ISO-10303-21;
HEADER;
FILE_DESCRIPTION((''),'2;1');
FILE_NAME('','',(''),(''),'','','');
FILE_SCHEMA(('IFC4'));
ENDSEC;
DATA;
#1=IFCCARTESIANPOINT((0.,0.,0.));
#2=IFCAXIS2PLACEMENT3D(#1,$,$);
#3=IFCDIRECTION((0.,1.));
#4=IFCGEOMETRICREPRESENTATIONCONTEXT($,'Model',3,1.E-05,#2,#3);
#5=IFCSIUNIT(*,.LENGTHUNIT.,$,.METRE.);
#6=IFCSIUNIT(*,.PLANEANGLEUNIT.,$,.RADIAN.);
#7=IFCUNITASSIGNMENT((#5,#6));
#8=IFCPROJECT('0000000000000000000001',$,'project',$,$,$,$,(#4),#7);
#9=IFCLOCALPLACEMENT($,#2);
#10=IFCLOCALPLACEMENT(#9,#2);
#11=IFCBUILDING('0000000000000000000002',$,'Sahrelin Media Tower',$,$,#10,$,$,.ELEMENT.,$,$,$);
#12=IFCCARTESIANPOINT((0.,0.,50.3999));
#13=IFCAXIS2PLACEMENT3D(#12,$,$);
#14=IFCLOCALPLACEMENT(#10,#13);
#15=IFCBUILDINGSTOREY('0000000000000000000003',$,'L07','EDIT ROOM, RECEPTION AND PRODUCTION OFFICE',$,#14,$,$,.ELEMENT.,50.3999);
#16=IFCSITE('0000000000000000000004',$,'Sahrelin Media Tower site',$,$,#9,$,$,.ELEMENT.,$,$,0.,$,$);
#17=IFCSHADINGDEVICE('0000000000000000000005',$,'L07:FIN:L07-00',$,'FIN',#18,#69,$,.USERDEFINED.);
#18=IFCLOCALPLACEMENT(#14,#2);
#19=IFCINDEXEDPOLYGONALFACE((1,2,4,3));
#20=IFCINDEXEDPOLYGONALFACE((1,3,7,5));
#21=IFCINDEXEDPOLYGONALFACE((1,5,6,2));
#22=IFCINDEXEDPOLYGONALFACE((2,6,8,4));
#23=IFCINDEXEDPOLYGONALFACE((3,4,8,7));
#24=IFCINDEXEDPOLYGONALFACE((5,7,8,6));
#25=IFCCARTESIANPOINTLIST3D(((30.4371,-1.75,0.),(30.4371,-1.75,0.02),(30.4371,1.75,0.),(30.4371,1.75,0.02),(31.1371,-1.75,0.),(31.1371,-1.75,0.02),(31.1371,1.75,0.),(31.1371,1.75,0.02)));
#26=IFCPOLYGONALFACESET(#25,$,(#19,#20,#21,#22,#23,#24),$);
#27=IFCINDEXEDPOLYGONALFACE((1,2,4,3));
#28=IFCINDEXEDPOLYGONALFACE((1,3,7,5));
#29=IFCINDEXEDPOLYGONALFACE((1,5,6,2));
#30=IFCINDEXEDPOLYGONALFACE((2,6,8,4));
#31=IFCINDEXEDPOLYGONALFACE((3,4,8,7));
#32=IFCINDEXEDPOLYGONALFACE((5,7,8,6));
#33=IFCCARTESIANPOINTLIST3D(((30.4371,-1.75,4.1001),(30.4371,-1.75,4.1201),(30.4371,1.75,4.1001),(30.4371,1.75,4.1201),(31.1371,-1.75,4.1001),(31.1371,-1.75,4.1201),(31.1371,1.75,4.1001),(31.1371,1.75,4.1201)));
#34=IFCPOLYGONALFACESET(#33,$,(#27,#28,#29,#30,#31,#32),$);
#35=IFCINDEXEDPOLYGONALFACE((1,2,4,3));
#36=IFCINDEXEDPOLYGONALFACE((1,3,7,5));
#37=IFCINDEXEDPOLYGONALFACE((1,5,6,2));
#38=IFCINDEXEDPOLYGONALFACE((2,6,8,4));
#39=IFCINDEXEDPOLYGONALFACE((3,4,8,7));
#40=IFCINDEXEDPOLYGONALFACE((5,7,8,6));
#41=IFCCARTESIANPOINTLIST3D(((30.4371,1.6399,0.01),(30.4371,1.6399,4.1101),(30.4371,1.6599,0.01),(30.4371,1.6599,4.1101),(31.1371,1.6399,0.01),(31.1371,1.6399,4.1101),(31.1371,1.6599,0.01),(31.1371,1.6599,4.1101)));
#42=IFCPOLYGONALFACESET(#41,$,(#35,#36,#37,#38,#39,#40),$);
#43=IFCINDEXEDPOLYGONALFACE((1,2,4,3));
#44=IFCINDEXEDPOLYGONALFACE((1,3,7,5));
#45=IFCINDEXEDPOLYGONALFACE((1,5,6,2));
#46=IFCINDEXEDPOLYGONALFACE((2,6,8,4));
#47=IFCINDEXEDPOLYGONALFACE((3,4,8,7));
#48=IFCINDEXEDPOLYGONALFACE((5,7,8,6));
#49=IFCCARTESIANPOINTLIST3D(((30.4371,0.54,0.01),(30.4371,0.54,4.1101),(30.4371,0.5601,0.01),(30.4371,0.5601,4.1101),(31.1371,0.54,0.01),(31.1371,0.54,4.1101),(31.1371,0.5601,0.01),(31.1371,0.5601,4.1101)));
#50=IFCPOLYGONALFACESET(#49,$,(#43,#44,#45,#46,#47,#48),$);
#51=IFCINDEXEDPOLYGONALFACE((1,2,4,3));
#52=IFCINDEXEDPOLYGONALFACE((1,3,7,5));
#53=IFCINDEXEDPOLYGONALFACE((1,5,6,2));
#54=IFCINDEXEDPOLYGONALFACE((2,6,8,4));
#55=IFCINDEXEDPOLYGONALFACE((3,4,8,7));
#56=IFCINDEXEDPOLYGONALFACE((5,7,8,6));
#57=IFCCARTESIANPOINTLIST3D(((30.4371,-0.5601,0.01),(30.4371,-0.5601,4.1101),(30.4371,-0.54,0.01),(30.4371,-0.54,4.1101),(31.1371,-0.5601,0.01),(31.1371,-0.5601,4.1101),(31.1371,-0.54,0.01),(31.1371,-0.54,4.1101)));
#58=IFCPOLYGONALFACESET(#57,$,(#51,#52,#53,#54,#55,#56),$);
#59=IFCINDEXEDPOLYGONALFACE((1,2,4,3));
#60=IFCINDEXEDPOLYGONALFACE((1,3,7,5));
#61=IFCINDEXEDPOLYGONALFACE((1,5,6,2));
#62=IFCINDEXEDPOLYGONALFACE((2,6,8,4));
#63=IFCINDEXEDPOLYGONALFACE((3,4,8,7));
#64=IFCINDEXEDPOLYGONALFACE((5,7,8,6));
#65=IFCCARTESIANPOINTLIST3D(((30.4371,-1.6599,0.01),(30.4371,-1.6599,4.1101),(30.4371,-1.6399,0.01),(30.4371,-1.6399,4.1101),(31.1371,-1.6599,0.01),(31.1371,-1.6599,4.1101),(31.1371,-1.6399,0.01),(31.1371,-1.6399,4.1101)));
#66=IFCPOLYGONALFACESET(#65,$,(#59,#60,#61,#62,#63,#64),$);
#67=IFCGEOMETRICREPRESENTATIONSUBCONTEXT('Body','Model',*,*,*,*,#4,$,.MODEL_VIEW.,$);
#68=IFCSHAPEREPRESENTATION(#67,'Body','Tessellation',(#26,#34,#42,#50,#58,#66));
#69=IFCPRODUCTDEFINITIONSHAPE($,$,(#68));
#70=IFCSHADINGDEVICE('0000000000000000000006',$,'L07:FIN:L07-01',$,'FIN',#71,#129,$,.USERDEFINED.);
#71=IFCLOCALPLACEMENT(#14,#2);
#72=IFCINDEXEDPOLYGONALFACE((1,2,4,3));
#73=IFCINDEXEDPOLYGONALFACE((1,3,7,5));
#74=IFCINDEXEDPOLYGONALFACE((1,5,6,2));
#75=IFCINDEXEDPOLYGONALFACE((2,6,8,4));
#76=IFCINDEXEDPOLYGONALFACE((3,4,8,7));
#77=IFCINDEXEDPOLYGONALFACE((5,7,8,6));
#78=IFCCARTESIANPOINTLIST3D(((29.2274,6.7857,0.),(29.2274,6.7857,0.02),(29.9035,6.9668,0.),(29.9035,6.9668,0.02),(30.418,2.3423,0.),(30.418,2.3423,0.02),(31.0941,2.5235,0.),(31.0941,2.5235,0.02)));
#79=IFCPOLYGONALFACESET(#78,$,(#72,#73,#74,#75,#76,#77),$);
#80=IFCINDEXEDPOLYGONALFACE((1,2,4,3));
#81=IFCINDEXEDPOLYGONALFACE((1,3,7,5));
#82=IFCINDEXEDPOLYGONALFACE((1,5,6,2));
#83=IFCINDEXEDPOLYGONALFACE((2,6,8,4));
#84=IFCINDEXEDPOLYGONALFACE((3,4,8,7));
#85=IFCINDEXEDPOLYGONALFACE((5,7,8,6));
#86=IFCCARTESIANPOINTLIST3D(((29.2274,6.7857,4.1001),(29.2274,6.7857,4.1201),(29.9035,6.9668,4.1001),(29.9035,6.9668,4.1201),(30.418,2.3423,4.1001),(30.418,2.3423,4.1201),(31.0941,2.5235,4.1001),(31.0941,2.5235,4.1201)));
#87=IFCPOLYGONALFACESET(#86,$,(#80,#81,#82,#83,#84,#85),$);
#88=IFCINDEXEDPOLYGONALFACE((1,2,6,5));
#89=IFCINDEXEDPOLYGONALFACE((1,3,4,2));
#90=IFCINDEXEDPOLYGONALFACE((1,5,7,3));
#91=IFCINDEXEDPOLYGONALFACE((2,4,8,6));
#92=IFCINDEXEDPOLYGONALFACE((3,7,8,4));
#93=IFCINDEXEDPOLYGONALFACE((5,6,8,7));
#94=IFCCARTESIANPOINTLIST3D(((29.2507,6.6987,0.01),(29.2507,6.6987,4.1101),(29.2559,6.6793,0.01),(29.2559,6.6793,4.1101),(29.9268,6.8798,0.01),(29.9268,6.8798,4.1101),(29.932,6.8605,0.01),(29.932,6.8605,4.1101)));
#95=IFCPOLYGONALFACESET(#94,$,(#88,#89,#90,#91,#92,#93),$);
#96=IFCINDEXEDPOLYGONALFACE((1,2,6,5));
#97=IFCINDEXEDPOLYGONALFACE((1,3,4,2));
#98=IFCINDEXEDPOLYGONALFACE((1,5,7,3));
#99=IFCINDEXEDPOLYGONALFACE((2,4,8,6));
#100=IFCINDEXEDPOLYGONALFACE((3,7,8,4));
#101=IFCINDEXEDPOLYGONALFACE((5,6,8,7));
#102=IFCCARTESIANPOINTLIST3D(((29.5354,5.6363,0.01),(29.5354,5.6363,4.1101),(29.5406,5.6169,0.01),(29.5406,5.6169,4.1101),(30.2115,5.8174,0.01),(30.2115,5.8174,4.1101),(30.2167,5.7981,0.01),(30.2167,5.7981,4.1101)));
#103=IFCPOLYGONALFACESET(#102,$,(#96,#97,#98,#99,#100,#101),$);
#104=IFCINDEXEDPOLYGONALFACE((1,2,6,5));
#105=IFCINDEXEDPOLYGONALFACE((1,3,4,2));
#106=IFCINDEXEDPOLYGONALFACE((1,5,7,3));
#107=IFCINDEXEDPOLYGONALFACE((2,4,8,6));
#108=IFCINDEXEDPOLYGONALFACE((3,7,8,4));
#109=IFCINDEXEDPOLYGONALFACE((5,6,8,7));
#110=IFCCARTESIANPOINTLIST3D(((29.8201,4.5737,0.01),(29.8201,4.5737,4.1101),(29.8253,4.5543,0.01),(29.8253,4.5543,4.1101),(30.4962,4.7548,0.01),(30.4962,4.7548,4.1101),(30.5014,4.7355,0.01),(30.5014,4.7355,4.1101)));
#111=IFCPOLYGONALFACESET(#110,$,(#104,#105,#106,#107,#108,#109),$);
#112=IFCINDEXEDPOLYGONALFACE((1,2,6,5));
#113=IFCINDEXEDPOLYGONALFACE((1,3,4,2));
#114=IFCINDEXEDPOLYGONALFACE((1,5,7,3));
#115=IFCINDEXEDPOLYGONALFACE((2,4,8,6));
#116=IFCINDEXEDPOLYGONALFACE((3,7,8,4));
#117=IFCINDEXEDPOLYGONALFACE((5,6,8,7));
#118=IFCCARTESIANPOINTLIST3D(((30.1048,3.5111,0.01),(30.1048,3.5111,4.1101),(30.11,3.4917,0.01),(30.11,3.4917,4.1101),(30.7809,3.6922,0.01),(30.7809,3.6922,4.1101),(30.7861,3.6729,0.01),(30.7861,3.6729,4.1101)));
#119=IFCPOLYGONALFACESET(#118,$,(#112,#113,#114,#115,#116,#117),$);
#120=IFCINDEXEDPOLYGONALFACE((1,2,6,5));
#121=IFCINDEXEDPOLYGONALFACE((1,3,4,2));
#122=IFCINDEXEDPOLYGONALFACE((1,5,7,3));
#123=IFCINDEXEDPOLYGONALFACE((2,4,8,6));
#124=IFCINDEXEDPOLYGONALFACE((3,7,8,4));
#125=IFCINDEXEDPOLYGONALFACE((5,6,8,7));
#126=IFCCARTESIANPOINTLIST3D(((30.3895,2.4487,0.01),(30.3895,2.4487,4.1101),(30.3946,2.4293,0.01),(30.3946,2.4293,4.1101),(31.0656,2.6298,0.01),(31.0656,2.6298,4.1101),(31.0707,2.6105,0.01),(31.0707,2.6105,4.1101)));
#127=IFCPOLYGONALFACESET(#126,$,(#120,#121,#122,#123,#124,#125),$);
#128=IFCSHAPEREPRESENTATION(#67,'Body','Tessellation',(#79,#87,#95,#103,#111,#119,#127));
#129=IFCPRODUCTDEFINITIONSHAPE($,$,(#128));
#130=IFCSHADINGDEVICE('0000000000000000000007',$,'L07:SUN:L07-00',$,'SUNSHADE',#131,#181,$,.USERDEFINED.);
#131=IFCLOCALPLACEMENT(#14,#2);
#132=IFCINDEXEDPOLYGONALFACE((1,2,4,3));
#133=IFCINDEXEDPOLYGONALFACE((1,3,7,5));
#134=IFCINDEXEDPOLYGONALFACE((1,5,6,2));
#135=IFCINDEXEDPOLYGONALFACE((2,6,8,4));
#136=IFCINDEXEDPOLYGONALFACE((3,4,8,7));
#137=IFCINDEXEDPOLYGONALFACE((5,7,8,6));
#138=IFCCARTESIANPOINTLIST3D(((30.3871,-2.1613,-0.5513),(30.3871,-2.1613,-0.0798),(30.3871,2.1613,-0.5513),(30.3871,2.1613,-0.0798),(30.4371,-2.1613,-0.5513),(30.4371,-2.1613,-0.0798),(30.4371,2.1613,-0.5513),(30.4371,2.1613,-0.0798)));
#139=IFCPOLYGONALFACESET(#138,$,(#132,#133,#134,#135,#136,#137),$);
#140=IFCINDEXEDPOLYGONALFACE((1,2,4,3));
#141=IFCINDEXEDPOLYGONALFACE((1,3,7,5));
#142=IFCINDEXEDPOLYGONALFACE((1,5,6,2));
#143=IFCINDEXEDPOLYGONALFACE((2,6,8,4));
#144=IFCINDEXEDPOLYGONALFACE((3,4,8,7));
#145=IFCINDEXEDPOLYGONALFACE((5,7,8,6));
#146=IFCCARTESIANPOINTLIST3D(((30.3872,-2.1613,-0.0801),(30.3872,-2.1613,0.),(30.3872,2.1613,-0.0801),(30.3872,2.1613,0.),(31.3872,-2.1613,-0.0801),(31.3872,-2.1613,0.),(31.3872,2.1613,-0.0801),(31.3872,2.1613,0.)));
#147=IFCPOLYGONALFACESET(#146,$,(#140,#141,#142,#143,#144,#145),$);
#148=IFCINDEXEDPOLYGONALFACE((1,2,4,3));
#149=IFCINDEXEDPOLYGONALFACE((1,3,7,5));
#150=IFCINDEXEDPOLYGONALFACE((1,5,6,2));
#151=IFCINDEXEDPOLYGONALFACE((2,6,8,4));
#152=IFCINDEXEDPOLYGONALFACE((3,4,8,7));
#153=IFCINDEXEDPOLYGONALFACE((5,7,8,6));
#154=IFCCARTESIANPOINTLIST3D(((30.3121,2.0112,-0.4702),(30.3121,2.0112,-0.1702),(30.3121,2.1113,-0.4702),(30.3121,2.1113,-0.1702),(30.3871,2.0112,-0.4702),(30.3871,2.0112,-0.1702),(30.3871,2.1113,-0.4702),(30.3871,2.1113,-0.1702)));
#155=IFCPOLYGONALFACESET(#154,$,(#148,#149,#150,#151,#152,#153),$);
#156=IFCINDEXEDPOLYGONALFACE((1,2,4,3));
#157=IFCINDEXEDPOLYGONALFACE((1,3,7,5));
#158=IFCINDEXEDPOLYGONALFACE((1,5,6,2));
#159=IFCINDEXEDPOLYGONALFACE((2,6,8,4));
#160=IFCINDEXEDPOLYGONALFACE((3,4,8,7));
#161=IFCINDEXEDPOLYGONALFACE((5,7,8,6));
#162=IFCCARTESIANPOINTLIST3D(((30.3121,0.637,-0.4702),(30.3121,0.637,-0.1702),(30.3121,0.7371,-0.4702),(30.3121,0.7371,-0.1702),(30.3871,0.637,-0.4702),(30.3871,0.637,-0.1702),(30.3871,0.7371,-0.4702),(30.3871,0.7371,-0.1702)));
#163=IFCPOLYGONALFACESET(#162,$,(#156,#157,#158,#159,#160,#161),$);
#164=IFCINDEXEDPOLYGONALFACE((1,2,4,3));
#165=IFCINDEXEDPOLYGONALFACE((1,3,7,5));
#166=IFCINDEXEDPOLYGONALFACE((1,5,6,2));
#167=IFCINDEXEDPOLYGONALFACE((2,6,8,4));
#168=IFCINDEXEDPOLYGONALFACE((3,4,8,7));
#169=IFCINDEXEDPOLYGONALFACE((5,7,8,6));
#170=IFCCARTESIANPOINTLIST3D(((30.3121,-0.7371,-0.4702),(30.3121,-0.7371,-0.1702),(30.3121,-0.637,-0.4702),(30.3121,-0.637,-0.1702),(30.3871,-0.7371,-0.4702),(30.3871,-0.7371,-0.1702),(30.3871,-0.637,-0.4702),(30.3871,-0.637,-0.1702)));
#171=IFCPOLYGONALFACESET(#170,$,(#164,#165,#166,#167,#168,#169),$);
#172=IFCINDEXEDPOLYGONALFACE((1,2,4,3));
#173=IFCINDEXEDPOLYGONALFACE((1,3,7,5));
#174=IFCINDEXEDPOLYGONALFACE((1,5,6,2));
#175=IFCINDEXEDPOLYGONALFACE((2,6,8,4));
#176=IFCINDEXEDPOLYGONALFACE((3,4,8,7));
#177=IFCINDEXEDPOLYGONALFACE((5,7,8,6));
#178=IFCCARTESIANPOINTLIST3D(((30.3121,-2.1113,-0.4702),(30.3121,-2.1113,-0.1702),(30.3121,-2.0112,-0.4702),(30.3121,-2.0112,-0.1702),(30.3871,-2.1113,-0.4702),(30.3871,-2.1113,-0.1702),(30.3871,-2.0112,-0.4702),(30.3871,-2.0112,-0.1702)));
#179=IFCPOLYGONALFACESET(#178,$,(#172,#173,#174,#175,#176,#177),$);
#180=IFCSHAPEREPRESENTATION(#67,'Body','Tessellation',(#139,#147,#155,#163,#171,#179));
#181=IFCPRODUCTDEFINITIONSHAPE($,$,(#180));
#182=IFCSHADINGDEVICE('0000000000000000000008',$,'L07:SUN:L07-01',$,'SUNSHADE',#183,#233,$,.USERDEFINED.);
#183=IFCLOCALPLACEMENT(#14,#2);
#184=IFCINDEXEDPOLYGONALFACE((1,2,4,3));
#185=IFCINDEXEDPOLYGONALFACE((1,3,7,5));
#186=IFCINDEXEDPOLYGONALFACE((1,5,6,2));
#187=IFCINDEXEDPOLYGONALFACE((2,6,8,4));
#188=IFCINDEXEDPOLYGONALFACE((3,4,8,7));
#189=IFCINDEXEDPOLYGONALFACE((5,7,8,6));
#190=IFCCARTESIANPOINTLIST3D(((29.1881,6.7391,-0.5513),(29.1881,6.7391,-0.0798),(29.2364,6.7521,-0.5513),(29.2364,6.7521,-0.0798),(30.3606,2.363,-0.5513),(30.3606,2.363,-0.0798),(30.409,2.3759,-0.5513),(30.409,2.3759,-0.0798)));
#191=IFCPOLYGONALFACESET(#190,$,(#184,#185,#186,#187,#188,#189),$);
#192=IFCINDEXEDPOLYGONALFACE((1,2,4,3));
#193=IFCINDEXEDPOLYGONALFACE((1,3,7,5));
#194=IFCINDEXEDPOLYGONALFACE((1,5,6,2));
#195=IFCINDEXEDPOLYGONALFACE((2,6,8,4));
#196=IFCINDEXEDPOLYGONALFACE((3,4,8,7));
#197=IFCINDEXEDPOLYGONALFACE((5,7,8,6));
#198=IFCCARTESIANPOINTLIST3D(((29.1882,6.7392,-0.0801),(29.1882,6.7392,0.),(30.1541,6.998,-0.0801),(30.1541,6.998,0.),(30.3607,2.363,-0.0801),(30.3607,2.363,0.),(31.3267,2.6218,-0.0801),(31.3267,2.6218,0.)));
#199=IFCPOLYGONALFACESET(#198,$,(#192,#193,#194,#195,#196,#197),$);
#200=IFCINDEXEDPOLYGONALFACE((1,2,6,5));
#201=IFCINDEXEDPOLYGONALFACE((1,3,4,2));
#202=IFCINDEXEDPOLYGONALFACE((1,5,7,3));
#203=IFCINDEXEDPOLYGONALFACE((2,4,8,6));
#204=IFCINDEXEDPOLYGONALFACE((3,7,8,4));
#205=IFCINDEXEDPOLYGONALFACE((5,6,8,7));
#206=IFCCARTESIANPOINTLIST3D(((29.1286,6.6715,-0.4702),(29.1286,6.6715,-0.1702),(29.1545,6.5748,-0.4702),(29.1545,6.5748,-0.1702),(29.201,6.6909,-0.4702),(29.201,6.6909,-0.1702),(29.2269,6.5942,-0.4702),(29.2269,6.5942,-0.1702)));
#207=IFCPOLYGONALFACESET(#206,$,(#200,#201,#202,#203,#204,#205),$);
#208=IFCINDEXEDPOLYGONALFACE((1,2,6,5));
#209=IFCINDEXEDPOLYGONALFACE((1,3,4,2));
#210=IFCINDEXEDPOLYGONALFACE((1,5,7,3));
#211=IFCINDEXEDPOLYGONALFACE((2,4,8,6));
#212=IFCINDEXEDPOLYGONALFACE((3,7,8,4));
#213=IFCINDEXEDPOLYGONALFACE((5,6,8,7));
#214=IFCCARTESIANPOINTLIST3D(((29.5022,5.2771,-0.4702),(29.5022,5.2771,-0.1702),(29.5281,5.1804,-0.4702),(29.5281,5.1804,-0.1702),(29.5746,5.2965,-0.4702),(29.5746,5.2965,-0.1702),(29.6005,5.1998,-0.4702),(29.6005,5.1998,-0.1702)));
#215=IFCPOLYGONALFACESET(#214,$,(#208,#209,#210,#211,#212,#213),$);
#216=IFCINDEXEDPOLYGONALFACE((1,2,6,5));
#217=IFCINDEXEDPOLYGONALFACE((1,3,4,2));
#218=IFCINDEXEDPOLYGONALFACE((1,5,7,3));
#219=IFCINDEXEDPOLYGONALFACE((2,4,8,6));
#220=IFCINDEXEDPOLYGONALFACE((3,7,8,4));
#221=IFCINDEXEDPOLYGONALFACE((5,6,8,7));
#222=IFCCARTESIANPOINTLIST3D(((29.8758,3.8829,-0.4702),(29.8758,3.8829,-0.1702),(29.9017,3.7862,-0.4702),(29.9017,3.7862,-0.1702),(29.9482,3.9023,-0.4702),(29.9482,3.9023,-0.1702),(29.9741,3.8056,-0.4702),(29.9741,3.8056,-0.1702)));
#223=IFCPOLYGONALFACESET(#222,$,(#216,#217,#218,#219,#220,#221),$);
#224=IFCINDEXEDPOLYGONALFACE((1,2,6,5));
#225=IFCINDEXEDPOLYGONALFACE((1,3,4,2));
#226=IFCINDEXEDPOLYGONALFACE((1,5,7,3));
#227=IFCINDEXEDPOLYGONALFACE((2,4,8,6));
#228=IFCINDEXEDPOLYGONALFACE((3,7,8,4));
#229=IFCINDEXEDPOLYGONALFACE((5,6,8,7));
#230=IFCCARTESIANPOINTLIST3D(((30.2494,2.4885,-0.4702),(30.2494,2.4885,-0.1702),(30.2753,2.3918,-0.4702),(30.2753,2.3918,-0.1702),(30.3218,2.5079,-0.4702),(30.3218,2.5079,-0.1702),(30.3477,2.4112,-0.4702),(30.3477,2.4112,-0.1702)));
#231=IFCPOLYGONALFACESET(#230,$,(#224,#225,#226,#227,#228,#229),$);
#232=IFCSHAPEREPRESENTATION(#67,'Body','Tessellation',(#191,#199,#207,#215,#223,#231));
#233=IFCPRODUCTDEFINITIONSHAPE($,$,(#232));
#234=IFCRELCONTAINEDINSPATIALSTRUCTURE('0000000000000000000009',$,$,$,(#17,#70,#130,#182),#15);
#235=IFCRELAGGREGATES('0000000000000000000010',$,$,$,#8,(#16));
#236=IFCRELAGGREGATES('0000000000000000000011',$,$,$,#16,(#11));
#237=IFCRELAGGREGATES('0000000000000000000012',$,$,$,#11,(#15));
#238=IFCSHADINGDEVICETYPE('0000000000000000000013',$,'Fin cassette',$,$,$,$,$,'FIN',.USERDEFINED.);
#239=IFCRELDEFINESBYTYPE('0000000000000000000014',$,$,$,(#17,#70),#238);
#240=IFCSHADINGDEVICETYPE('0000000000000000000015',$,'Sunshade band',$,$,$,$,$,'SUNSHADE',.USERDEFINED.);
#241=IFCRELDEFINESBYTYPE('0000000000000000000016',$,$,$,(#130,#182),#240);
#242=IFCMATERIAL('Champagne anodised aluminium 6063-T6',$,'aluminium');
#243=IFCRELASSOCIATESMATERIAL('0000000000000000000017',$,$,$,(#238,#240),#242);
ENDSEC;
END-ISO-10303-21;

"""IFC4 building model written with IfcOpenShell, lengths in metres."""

from ifc_helpers import new_model, si_unit, direction, frame, origin, origin_2d, place, context, subcontext, project, spatial, rectangle, extrude, material, type_object, element, save


model = new_model("IFC4")

# Units and contexts
model_context = context("Model", 3, precision=1e-05, world=origin(), true_north=direction((0.0, 1.0)))
body_context = subcontext(model_context, "Body", "Model", "MODEL_VIEW")
ifc_project = project(units=[si_unit("LENGTHUNIT", "METRE"), si_unit("PLANEANGLEUNIT", "RADIAN")], contexts=[model_context])

# Site, building, storey
site_placement = place(None, origin())
site = spatial("IfcSite", under=ifc_project, at=site_placement, Name="Sahrelin Media Tower site", CompositionType="ELEMENT", RefElevation=0.0)
building_placement = place(site_placement, origin())
building = spatial("IfcBuilding", under=site, at=building_placement, Name="Sahrelin Media Tower", CompositionType="ELEMENT")
storey_placement = place(building_placement, frame((0.0, 0.0, 50.3999)))
storey = spatial("IfcBuildingStorey", under=building, at=storey_placement, Name="L07", Description="EDIT ROOM, RECEPTION AND PRODUCTION OFFICE", CompositionType="ELEMENT", Elevation=50.3999)

# Shared definitions
ifc_material_1 = material(Name="Champagne anodised aluminium 6063-T6", Category="aluminium")

# Shading devices
shading_device_type_1 = type_object("IfcShadingDeviceType", Name="Fin cassette", ElementType="FIN", PredefinedType="USERDEFINED", material=ifc_material_1)
placement_1 = place(storey_placement, frame((30.3672, 0.0, 0.0), z_axis=(0.0, 0.0, 1.0), x_axis=(0.0, -1.0, 0.0)))
element("IfcShadingDevice", 1, at=placement_1, inside=storey, type_object=shading_device_type_1, Name="L07:FIN:L07-00", ObjectType="FIN", PredefinedType="USERDEFINED", context=body_context, shape_type="SweptSolid", body=[
    extrude(rectangle(XDim=3.5, YDim=0.7, at=origin_2d()), frame((0.0, 0.4199, 0.0)), (0.0, 0.0, 1.0), 0.02),
    extrude(rectangle(XDim=3.5, YDim=0.7, at=origin_2d()), frame((0.0, 0.4199, 4.1001)), (0.0, 0.0, 1.0), 0.02),
    extrude(rectangle(XDim=0.02, YDim=0.7, at=origin_2d()), frame((-1.6499, 0.4199, 0.01), z_axis=(0.0, 0.0, 1.0), x_axis=(1.0, 0.0, 0.0)), (0.0, 0.0, 1.0), 4.1001),
    extrude(rectangle(XDim=0.02, YDim=0.7, at=origin_2d()), frame((-0.55, 0.4199, 0.01), z_axis=(0.0, 0.0, 1.0), x_axis=(1.0, 0.0, 0.0)), (0.0, 0.0, 1.0), 4.1001),
    extrude(rectangle(XDim=0.02, YDim=0.7, at=origin_2d()), frame((0.55, 0.4199, 0.01), z_axis=(0.0, 0.0, 1.0), x_axis=(1.0, 0.0, 0.0)), (0.0, 0.0, 1.0), 4.1001),
    extrude(rectangle(XDim=0.02, YDim=0.7, at=origin_2d()), frame((1.6499, 0.4199, 0.01), z_axis=(0.0, 0.0, 1.0), x_axis=(1.0, 0.0, 0.0)), (0.0, 0.0, 1.0), 4.1001),
])
placement_2 = place(storey_placement, frame((29.7551, 4.5459, 0.0), z_axis=(0.0, 0.0, 1.0), x_axis=(0.258808, -0.965929, 0.0)))
element("IfcShadingDevice", 2, at=placement_2, inside=storey, type_object=shading_device_type_1, Name="L07:FIN:L07-01", ObjectType="FIN", PredefinedType="USERDEFINED", context=body_context, shape_type="SweptSolid", body=[
    extrude(rectangle(XDim=4.6001, YDim=0.7, at=origin_2d()), frame((0.0, 0.4199, 0.0)), (0.0, 0.0, 1.0), 0.02),
    extrude(rectangle(XDim=4.6001, YDim=0.7, at=origin_2d()), frame((0.0, 0.4199, 4.1001)), (0.0, 0.0, 1.0), 0.02),
    extrude(rectangle(XDim=0.02, YDim=0.7, at=origin_2d()), frame((-2.2, 0.4199, 0.01), z_axis=(0.0, 0.0, 1.0), x_axis=(1.0, 0.0, 0.0)), (0.0, 0.0, 1.0), 4.1001),
    extrude(rectangle(XDim=0.02, YDim=0.7, at=origin_2d()), frame((-1.1001, 0.4199, 0.01), z_axis=(0.0, 0.0, 1.0), x_axis=(1.0, 0.0, 0.0)), (0.0, 0.0, 1.0), 4.1001),
    extrude(rectangle(XDim=0.02, YDim=0.7, at=origin_2d()), frame((0.0, 0.4199, 0.01), z_axis=(0.0, 0.0, 1.0), x_axis=(1.0, 0.0, 0.0)), (0.0, 0.0, 1.0), 4.1001),
    extrude(rectangle(XDim=0.02, YDim=0.7, at=origin_2d()), frame((1.1001, 0.4199, 0.01), z_axis=(0.0, 0.0, 1.0), x_axis=(1.0, 0.0, 0.0)), (0.0, 0.0, 1.0), 4.1001),
    extrude(rectangle(XDim=0.02, YDim=0.7, at=origin_2d()), frame((2.2, 0.4199, 0.01), z_axis=(0.0, 0.0, 1.0), x_axis=(1.0, 0.0, 0.0)), (0.0, 0.0, 1.0), 4.1001),
])
shading_device_type_2 = type_object("IfcShadingDeviceType", Name="Sunshade band", ElementType="SUNSHADE", PredefinedType="USERDEFINED", material=ifc_material_1)
element("IfcShadingDevice", 3, at=placement_1, inside=storey, type_object=shading_device_type_2, Name="L07:SUN:L07-00", ObjectType="SUNSHADE", PredefinedType="USERDEFINED", context=body_context, shape_type="SweptSolid", body=[
    extrude(rectangle(XDim=4.3225, YDim=0.05, at=origin_2d()), frame((0.0, 0.0449, -0.5513)), (0.0, 0.0, 1.0), 0.4714),
    extrude(rectangle(XDim=4.3225, YDim=1.0, at=origin_2d()), frame((0.0, 0.52, -0.0801)), (0.0, 0.0, 1.0), 0.0801),
    extrude(rectangle(XDim=0.1001, YDim=0.075, at=origin_2d()), frame((-2.0613, -0.0176, -0.4702)), (0.0, 0.0, 1.0), 0.3),
    extrude(rectangle(XDim=0.1001, YDim=0.075, at=origin_2d()), frame((-0.687, -0.0176, -0.4702)), (0.0, 0.0, 1.0), 0.3),
    extrude(rectangle(XDim=0.1001, YDim=0.075, at=origin_2d()), frame((0.687, -0.0176, -0.4702)), (0.0, 0.0, 1.0), 0.3),
    extrude(rectangle(XDim=0.1001, YDim=0.075, at=origin_2d()), frame((2.0613, -0.0176, -0.4702)), (0.0, 0.0, 1.0), 0.3),
])
element("IfcShadingDevice", 4, at=placement_2, inside=storey, type_object=shading_device_type_2, Name="L07:SUN:L07-01", ObjectType="SUNSHADE", PredefinedType="USERDEFINED", context=body_context, shape_type="SweptSolid", body=[
    extrude(rectangle(XDim=4.5305, YDim=0.05, at=origin_2d()), frame((0.0, 0.0449, -0.5513)), (0.0, 0.0, 1.0), 0.4714),
    extrude(rectangle(XDim=4.5305, YDim=1.0, at=origin_2d()), frame((0.0, 0.52, -0.0801)), (0.0, 0.0, 1.0), 0.0801),
    extrude(rectangle(XDim=0.1001, YDim=0.075, at=origin_2d()), frame((-2.1653, -0.0176, -0.4702)), (0.0, 0.0, 1.0), 0.3),
    extrude(rectangle(XDim=0.1001, YDim=0.075, at=origin_2d()), frame((-0.7217, -0.0176, -0.4702)), (0.0, 0.0, 1.0), 0.3),
    extrude(rectangle(XDim=0.1001, YDim=0.075, at=origin_2d()), frame((0.7217, -0.0176, -0.4702)), (0.0, 0.0, 1.0), 0.3),
    extrude(rectangle(XDim=0.1001, YDim=0.075, at=origin_2d()), frame((2.1653, -0.0176, -0.4702)), (0.0, 0.0, 1.0), 0.3),
])

save(model, "model.ifc")
